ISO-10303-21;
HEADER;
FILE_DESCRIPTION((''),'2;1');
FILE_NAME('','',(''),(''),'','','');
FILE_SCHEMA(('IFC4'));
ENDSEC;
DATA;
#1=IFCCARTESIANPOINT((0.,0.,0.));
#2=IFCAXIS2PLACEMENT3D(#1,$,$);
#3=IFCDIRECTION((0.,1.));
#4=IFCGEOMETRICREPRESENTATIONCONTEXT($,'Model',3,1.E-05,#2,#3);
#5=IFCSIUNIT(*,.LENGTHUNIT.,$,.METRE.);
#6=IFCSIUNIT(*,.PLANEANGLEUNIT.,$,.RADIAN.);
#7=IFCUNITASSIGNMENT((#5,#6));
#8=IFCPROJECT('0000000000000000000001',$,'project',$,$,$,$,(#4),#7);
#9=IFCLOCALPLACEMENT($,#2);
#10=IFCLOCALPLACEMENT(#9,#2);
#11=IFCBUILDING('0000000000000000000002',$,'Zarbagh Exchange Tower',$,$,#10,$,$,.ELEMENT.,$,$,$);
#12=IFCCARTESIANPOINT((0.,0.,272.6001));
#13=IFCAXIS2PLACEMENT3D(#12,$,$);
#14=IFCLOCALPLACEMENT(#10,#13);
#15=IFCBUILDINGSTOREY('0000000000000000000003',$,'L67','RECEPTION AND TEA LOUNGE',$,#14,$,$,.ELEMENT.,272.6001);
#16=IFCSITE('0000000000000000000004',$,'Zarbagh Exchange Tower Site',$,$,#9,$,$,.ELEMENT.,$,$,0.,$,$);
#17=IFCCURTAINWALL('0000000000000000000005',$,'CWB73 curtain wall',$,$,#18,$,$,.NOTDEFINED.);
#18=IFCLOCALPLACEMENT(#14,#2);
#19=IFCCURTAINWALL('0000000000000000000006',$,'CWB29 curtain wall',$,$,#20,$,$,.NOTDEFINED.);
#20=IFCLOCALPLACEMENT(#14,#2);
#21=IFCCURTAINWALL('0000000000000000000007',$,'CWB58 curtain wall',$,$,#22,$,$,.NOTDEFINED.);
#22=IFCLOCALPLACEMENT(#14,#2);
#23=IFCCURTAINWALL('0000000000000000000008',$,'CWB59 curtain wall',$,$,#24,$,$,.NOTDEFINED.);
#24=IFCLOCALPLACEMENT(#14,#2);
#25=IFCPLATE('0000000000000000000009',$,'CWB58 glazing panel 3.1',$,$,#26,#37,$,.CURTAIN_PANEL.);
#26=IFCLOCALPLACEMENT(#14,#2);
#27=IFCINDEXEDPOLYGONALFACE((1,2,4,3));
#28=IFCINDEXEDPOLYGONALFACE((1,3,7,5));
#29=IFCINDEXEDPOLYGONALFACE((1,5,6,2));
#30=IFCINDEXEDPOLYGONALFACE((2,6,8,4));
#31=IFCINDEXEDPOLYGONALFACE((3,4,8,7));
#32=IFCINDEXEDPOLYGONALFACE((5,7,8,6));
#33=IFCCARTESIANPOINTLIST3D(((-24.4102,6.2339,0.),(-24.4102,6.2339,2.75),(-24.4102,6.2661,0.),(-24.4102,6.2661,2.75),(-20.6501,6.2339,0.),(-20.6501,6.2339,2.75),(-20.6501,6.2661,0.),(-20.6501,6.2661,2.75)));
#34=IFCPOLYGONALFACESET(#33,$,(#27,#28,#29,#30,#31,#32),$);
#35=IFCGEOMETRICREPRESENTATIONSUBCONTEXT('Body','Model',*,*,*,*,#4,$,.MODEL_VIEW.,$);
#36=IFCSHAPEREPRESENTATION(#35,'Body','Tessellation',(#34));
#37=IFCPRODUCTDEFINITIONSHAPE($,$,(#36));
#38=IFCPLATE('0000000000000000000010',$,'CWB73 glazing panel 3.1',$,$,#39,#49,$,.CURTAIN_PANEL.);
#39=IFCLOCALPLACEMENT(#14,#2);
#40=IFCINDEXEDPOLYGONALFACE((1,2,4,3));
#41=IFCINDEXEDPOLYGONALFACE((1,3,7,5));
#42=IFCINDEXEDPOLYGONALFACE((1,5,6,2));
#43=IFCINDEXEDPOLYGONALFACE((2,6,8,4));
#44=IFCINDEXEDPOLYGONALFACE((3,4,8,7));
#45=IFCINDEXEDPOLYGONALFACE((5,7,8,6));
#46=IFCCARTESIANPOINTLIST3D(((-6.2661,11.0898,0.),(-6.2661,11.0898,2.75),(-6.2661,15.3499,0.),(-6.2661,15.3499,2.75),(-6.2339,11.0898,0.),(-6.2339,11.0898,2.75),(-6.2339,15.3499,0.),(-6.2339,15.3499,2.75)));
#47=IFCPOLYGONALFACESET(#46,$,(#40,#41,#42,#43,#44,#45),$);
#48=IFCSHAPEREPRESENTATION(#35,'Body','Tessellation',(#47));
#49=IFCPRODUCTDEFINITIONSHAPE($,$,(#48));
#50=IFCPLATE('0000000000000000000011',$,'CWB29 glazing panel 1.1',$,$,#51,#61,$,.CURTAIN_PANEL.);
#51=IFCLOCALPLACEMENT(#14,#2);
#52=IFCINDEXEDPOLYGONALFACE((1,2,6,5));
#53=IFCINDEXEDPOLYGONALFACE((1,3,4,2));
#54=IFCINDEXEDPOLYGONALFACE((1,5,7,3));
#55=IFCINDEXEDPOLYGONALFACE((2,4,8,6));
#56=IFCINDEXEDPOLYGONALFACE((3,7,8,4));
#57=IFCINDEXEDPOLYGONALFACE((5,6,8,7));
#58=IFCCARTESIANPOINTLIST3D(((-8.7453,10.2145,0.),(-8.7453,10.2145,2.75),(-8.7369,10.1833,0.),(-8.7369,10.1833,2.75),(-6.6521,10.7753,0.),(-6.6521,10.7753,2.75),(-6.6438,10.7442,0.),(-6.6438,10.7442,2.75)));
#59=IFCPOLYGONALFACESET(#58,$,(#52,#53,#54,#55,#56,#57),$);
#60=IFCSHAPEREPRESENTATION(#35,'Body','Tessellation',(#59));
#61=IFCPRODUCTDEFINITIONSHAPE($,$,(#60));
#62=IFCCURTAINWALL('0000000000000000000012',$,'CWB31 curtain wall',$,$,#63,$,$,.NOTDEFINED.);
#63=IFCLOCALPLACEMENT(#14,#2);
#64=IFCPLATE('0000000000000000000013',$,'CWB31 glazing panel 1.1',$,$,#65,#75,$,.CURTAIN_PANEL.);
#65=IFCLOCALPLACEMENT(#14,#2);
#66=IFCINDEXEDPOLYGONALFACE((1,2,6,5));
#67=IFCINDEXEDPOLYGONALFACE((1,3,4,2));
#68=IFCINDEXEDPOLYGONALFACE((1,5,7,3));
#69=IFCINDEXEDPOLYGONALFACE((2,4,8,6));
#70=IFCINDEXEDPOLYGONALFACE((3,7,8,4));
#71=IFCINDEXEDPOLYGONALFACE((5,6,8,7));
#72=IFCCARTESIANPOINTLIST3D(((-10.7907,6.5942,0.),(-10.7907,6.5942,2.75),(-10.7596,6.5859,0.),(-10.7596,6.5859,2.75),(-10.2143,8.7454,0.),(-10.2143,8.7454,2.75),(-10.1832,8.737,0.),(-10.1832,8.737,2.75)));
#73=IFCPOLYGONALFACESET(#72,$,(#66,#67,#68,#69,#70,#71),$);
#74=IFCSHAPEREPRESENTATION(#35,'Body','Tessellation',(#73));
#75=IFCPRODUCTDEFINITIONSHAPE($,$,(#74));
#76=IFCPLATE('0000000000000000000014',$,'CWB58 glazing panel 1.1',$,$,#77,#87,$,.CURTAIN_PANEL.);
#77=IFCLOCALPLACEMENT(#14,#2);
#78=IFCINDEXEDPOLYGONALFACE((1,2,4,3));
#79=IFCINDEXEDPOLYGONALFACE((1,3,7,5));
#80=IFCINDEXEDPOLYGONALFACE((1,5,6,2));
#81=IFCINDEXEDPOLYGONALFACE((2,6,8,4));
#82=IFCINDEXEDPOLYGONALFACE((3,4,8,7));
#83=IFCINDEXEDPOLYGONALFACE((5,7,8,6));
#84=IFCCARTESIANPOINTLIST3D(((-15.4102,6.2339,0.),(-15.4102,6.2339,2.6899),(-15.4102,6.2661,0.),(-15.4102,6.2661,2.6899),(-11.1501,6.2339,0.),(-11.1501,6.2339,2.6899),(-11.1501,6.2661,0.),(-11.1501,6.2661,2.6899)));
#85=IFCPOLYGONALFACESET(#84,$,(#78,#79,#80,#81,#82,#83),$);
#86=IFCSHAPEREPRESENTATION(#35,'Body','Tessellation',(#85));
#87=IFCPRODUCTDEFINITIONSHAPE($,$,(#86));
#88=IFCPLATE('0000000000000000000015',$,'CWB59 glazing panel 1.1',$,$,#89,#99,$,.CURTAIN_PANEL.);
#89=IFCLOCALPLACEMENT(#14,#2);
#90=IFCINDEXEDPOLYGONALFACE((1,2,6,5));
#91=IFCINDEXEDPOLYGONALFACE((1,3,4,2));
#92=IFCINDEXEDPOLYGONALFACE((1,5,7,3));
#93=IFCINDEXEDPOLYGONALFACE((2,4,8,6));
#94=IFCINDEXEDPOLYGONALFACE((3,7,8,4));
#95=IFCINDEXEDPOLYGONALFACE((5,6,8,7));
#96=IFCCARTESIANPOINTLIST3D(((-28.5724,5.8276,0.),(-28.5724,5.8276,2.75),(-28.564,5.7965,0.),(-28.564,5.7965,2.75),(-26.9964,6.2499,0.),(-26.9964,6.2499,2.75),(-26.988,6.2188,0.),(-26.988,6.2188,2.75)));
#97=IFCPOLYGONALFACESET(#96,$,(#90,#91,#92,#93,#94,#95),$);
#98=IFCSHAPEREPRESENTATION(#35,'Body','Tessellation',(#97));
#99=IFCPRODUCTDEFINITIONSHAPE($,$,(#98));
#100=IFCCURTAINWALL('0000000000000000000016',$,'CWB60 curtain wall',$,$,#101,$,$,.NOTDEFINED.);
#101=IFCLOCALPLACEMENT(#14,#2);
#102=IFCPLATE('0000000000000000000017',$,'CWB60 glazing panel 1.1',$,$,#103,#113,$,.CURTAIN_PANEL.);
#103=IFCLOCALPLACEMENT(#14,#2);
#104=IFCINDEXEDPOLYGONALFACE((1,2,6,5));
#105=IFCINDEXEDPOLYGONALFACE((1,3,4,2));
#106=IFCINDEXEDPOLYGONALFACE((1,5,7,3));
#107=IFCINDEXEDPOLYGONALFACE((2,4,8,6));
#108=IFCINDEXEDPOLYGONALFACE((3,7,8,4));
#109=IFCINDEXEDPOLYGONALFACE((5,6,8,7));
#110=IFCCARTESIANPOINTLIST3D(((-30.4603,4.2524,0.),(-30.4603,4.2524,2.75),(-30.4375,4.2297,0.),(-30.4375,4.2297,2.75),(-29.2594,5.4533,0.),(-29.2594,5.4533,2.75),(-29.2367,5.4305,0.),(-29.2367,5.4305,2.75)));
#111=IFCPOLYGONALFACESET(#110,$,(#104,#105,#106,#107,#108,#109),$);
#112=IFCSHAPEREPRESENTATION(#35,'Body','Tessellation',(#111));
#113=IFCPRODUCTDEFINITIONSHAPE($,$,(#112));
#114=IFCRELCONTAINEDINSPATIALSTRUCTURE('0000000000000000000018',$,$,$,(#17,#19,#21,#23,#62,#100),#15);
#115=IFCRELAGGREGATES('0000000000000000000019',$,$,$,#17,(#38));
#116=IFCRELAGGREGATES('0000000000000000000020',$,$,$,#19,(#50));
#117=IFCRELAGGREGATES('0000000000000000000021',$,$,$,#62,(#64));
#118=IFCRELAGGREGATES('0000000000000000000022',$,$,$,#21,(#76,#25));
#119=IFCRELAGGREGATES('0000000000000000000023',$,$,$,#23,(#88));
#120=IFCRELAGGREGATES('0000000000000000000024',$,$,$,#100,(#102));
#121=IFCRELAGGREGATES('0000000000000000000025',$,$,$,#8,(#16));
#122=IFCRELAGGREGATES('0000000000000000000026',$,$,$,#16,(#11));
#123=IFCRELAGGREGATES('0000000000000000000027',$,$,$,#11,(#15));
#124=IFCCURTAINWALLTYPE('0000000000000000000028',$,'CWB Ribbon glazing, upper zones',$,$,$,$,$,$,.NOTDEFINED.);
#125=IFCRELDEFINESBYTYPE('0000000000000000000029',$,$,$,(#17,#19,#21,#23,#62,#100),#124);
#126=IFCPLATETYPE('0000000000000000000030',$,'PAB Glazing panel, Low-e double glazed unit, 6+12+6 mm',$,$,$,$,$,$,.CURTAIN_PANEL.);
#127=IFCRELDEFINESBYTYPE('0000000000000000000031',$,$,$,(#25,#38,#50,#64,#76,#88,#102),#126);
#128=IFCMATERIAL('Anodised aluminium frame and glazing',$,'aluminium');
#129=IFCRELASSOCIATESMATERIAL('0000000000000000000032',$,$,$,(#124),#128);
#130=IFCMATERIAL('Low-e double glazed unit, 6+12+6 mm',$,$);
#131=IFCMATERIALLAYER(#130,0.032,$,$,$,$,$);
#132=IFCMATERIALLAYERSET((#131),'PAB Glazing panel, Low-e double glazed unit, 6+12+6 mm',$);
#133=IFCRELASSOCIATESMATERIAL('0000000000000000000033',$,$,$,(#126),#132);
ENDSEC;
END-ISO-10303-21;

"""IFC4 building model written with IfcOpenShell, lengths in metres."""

from ifc_helpers import new_model, si_unit, direction, frame, origin, place, context, subcontext, project, spatial, polyline, outline, extrude, source, transform, mapped, material, layer, layer_set, type_object, element, aggregate, save


model = new_model("IFC4")

# Units and contexts
model_context = context("Model", 3, precision=1e-05, world=origin(), true_north=direction((0.0, 1.0)))
body_context = subcontext(model_context, "Body", "Model", "MODEL_VIEW")
ifc_project = project(units=[si_unit("LENGTHUNIT", "METRE"), si_unit("PLANEANGLEUNIT", "RADIAN")], contexts=[model_context])

# Site, building, storey
site_placement = place(None, origin())
site = spatial("IfcSite", under=ifc_project, at=site_placement, Name="Zarbagh Exchange Tower Site", CompositionType="ELEMENT", RefElevation=0.0)
building_placement = place(site_placement, origin())
building = spatial("IfcBuilding", under=site, at=building_placement, Name="Zarbagh Exchange Tower", CompositionType="ELEMENT")
storey_placement = place(building_placement, frame((0.0, 0.0, 272.6001)))
storey = spatial("IfcBuildingStorey", under=building, at=storey_placement, Name="L67", Description="RECEPTION AND TEA LOUNGE", CompositionType="ELEMENT", Elevation=272.6001)

# Curtain walls
ifc_material_1 = material(Name="Anodised aluminium frame and glazing", Category="aluminium")
curtain_wall_type = type_object("IfcCurtainWallType", Name="CWB Ribbon glazing, upper zones", PredefinedType="NOTDEFINED", material=ifc_material_1)
curtain_wall_1_placement = place(storey_placement, origin())
curtain_wall_1 = element("IfcCurtainWall", 1, at=curtain_wall_1_placement, inside=storey, type_object=curtain_wall_type, Name="CWB73 curtain wall", PredefinedType="NOTDEFINED")
placement = place(storey_placement, origin())
curtain_wall_2_placement = place(storey_placement, origin())
curtain_wall_2 = element("IfcCurtainWall", 2, at=curtain_wall_2_placement, inside=storey, type_object=curtain_wall_type, Name="CWB29 curtain wall", PredefinedType="NOTDEFINED")

# Curtain wall
curtain_wall_3_placement = place(storey_placement, origin())
curtain_wall_3 = element("IfcCurtainWall", 3, at=curtain_wall_3_placement, inside=storey, type_object=curtain_wall_type, Name="CWB58 curtain wall", PredefinedType="NOTDEFINED")

# Curtain wall
curtain_wall_4_placement = place(storey_placement, origin())
curtain_wall_4 = element("IfcCurtainWall", 4, at=curtain_wall_4_placement, inside=storey, type_object=curtain_wall_type, Name="CWB59 curtain wall", PredefinedType="NOTDEFINED")

# Shared definitions
ifc_material_2 = material(Name="Low-e double glazed unit, 6+12+6 mm")
ifc_layer = layer(ifc_material_2, 0.032)
ifc_layer_set = layer_set([ifc_layer], Name="PAB Glazing panel, Low-e double glazed unit, 6+12+6 mm")
plate_type = type_object("IfcPlateType", Name="PAB Glazing panel, Low-e double glazed unit, 6+12+6 mm", PredefinedType="CURTAIN_PANEL", material=ifc_layer_set)

# Plates
shared_shape_1 = source(origin(), body_context, "Body", "SweptSolid", [
    extrude(outline(polyline([(0.0, -0.0161), (3.76, -0.0161), (3.76, 0.0161), (0.0, 0.0161), (0.0, -0.0161)])), origin(), (0.0, 0.0, 1.0), 2.75),
])
plate_1 = element("IfcPlate", 5, at=placement, type_object=plate_type, Name="CWB58 glazing panel 3.1", PredefinedType="CURTAIN_PANEL", context=body_context, shape_type="MappedRepresentation", body=[
    mapped(shared_shape_1, transform((-20.6501, 6.25, 0.0), x_axis=(-1.0, 0.0, 0.0), y_axis=(0.0, -1.0, 0.0), z_axis=(0.0, 0.0, 1.0))),
])
shared_shape_2 = source(origin(), body_context, "Body", "SweptSolid", [
    extrude(outline(polyline([(0.0, -0.0161), (4.26, -0.0161), (4.26, 0.0161), (0.0, 0.0161), (0.0, -0.0161)])), origin(), (0.0, 0.0, 1.0), 2.75),
])
plate_2 = element("IfcPlate", 6, at=placement, type_object=plate_type, Name="CWB73 glazing panel 3.1", PredefinedType="CURTAIN_PANEL", context=body_context, shape_type="MappedRepresentation", body=[
    mapped(shared_shape_2, transform((-6.25, 15.3499, 0.0), x_axis=(0.0, -1.0, 0.0), y_axis=(1.0, 0.0, 0.0), z_axis=(0.0, 0.0, 1.0))),
])
aggregate(curtain_wall_1, [plate_2])
shared_shape_3 = source(origin(), body_context, "Body", "SweptSolid", [
    extrude(outline(polyline([(0.0, -0.0161), (2.167, -0.0161), (2.167, 0.0161), (0.0, 0.0161), (0.0, -0.0161)])), origin(), (0.0, 0.0, 1.0), 2.75),
])
plate_3 = element("IfcPlate", 7, at=placement, type_object=plate_type, Name="CWB29 glazing panel 1.1", PredefinedType="CURTAIN_PANEL", context=body_context, shape_type="MappedRepresentation", body=[
    mapped(shared_shape_3, transform((-6.6479, 10.7598, 0.0), x_axis=(-0.965924, -0.258825, 0.0), y_axis=(0.258825, -0.965924, 0.0), z_axis=(0.0, 0.0, 1.0))),
])
aggregate(curtain_wall_2, [plate_3])

# Curtain wall, plate
curtain_wall_5_placement = place(storey_placement, origin())
curtain_wall_5 = element("IfcCurtainWall", 8, at=curtain_wall_5_placement, inside=storey, type_object=curtain_wall_type, Name="CWB31 curtain wall", PredefinedType="NOTDEFINED")
shared_shape_4 = source(origin(), body_context, "Body", "SweptSolid", [
    extrude(outline(polyline([(0.0, -0.0161), (2.2271, -0.0161), (2.2271, 0.0161), (0.0, 0.0161), (0.0, -0.0161)])), origin(), (0.0, 0.0, 1.0), 2.75),
])
plate_4 = element("IfcPlate", 9, at=placement, type_object=plate_type, Name="CWB31 glazing panel 1.1", PredefinedType="CURTAIN_PANEL", context=body_context, shape_type="MappedRepresentation", body=[
    mapped(shared_shape_4, transform((-10.1987, 8.7412, 0.0), x_axis=(-0.258825, -0.965924, 0.0), y_axis=(0.965924, -0.258825, 0.0), z_axis=(0.0, 0.0, 1.0))),
])
aggregate(curtain_wall_5, [plate_4])

# Plates
shared_shape_5 = source(origin(), body_context, "Body", "SweptSolid", [
    extrude(outline(polyline([(0.0, -0.0161), (4.26, -0.0161), (4.26, 0.0161), (0.0, 0.0161), (0.0, -0.0161)])), origin(), (0.0, 0.0, 1.0), 2.6899),
])
plate_5 = element("IfcPlate", 10, at=placement, type_object=plate_type, Name="CWB58 glazing panel 1.1", PredefinedType="CURTAIN_PANEL", context=body_context, shape_type="MappedRepresentation", body=[
    mapped(shared_shape_5, transform((-11.1501, 6.25, 0.0), x_axis=(-1.0, 0.0, 0.0), y_axis=(0.0, -1.0, 0.0), z_axis=(0.0, 0.0, 1.0))),
])
aggregate(curtain_wall_3, [plate_5, plate_1])
shared_shape_6 = source(origin(), body_context, "Body", "SweptSolid", [
    extrude(outline(polyline([(0.0, -0.0161), (1.6316, -0.0161), (1.6316, 0.0161), (0.0, 0.0161), (0.0, -0.0161)])), origin(), (0.0, 0.0, 1.0), 2.75),
])
plate_6 = element("IfcPlate", 11, at=placement, type_object=plate_type, Name="CWB59 glazing panel 1.1", PredefinedType="CURTAIN_PANEL", context=body_context, shape_type="MappedRepresentation", body=[
    mapped(shared_shape_6, transform((-26.9922, 6.2344, 0.0), x_axis=(-0.965924, -0.258825, 0.0), y_axis=(0.258825, -0.965924, 0.0), z_axis=(0.0, 0.0, 1.0))),
])
aggregate(curtain_wall_4, [plate_6])

# Curtain wall, plate
curtain_wall_6_placement = place(storey_placement, origin())
curtain_wall_6 = element("IfcCurtainWall", 12, at=curtain_wall_6_placement, inside=storey, type_object=curtain_wall_type, Name="CWB60 curtain wall", PredefinedType="NOTDEFINED")
shared_shape_7 = source(origin(), body_context, "Body", "SweptSolid", [
    extrude(outline(polyline([(0.0, -0.0161), (1.6982, -0.0161), (1.6982, 0.0161), (0.0, 0.0161), (0.0, -0.0161)])), origin(), (0.0, 0.0, 1.0), 2.75),
])
plate_7 = element("IfcPlate", 13, at=placement, type_object=plate_type, Name="CWB60 glazing panel 1.1", PredefinedType="CURTAIN_PANEL", context=body_context, shape_type="MappedRepresentation", body=[
    mapped(shared_shape_7, transform((-29.248, 5.4419, 0.0), x_axis=(-0.707107, -0.707107, 0.0), y_axis=(0.707107, -0.707107, 0.0), z_axis=(0.0, 0.0, 1.0))),
])
aggregate(curtain_wall_6, [plate_7])

save(model, "model.ifc")
